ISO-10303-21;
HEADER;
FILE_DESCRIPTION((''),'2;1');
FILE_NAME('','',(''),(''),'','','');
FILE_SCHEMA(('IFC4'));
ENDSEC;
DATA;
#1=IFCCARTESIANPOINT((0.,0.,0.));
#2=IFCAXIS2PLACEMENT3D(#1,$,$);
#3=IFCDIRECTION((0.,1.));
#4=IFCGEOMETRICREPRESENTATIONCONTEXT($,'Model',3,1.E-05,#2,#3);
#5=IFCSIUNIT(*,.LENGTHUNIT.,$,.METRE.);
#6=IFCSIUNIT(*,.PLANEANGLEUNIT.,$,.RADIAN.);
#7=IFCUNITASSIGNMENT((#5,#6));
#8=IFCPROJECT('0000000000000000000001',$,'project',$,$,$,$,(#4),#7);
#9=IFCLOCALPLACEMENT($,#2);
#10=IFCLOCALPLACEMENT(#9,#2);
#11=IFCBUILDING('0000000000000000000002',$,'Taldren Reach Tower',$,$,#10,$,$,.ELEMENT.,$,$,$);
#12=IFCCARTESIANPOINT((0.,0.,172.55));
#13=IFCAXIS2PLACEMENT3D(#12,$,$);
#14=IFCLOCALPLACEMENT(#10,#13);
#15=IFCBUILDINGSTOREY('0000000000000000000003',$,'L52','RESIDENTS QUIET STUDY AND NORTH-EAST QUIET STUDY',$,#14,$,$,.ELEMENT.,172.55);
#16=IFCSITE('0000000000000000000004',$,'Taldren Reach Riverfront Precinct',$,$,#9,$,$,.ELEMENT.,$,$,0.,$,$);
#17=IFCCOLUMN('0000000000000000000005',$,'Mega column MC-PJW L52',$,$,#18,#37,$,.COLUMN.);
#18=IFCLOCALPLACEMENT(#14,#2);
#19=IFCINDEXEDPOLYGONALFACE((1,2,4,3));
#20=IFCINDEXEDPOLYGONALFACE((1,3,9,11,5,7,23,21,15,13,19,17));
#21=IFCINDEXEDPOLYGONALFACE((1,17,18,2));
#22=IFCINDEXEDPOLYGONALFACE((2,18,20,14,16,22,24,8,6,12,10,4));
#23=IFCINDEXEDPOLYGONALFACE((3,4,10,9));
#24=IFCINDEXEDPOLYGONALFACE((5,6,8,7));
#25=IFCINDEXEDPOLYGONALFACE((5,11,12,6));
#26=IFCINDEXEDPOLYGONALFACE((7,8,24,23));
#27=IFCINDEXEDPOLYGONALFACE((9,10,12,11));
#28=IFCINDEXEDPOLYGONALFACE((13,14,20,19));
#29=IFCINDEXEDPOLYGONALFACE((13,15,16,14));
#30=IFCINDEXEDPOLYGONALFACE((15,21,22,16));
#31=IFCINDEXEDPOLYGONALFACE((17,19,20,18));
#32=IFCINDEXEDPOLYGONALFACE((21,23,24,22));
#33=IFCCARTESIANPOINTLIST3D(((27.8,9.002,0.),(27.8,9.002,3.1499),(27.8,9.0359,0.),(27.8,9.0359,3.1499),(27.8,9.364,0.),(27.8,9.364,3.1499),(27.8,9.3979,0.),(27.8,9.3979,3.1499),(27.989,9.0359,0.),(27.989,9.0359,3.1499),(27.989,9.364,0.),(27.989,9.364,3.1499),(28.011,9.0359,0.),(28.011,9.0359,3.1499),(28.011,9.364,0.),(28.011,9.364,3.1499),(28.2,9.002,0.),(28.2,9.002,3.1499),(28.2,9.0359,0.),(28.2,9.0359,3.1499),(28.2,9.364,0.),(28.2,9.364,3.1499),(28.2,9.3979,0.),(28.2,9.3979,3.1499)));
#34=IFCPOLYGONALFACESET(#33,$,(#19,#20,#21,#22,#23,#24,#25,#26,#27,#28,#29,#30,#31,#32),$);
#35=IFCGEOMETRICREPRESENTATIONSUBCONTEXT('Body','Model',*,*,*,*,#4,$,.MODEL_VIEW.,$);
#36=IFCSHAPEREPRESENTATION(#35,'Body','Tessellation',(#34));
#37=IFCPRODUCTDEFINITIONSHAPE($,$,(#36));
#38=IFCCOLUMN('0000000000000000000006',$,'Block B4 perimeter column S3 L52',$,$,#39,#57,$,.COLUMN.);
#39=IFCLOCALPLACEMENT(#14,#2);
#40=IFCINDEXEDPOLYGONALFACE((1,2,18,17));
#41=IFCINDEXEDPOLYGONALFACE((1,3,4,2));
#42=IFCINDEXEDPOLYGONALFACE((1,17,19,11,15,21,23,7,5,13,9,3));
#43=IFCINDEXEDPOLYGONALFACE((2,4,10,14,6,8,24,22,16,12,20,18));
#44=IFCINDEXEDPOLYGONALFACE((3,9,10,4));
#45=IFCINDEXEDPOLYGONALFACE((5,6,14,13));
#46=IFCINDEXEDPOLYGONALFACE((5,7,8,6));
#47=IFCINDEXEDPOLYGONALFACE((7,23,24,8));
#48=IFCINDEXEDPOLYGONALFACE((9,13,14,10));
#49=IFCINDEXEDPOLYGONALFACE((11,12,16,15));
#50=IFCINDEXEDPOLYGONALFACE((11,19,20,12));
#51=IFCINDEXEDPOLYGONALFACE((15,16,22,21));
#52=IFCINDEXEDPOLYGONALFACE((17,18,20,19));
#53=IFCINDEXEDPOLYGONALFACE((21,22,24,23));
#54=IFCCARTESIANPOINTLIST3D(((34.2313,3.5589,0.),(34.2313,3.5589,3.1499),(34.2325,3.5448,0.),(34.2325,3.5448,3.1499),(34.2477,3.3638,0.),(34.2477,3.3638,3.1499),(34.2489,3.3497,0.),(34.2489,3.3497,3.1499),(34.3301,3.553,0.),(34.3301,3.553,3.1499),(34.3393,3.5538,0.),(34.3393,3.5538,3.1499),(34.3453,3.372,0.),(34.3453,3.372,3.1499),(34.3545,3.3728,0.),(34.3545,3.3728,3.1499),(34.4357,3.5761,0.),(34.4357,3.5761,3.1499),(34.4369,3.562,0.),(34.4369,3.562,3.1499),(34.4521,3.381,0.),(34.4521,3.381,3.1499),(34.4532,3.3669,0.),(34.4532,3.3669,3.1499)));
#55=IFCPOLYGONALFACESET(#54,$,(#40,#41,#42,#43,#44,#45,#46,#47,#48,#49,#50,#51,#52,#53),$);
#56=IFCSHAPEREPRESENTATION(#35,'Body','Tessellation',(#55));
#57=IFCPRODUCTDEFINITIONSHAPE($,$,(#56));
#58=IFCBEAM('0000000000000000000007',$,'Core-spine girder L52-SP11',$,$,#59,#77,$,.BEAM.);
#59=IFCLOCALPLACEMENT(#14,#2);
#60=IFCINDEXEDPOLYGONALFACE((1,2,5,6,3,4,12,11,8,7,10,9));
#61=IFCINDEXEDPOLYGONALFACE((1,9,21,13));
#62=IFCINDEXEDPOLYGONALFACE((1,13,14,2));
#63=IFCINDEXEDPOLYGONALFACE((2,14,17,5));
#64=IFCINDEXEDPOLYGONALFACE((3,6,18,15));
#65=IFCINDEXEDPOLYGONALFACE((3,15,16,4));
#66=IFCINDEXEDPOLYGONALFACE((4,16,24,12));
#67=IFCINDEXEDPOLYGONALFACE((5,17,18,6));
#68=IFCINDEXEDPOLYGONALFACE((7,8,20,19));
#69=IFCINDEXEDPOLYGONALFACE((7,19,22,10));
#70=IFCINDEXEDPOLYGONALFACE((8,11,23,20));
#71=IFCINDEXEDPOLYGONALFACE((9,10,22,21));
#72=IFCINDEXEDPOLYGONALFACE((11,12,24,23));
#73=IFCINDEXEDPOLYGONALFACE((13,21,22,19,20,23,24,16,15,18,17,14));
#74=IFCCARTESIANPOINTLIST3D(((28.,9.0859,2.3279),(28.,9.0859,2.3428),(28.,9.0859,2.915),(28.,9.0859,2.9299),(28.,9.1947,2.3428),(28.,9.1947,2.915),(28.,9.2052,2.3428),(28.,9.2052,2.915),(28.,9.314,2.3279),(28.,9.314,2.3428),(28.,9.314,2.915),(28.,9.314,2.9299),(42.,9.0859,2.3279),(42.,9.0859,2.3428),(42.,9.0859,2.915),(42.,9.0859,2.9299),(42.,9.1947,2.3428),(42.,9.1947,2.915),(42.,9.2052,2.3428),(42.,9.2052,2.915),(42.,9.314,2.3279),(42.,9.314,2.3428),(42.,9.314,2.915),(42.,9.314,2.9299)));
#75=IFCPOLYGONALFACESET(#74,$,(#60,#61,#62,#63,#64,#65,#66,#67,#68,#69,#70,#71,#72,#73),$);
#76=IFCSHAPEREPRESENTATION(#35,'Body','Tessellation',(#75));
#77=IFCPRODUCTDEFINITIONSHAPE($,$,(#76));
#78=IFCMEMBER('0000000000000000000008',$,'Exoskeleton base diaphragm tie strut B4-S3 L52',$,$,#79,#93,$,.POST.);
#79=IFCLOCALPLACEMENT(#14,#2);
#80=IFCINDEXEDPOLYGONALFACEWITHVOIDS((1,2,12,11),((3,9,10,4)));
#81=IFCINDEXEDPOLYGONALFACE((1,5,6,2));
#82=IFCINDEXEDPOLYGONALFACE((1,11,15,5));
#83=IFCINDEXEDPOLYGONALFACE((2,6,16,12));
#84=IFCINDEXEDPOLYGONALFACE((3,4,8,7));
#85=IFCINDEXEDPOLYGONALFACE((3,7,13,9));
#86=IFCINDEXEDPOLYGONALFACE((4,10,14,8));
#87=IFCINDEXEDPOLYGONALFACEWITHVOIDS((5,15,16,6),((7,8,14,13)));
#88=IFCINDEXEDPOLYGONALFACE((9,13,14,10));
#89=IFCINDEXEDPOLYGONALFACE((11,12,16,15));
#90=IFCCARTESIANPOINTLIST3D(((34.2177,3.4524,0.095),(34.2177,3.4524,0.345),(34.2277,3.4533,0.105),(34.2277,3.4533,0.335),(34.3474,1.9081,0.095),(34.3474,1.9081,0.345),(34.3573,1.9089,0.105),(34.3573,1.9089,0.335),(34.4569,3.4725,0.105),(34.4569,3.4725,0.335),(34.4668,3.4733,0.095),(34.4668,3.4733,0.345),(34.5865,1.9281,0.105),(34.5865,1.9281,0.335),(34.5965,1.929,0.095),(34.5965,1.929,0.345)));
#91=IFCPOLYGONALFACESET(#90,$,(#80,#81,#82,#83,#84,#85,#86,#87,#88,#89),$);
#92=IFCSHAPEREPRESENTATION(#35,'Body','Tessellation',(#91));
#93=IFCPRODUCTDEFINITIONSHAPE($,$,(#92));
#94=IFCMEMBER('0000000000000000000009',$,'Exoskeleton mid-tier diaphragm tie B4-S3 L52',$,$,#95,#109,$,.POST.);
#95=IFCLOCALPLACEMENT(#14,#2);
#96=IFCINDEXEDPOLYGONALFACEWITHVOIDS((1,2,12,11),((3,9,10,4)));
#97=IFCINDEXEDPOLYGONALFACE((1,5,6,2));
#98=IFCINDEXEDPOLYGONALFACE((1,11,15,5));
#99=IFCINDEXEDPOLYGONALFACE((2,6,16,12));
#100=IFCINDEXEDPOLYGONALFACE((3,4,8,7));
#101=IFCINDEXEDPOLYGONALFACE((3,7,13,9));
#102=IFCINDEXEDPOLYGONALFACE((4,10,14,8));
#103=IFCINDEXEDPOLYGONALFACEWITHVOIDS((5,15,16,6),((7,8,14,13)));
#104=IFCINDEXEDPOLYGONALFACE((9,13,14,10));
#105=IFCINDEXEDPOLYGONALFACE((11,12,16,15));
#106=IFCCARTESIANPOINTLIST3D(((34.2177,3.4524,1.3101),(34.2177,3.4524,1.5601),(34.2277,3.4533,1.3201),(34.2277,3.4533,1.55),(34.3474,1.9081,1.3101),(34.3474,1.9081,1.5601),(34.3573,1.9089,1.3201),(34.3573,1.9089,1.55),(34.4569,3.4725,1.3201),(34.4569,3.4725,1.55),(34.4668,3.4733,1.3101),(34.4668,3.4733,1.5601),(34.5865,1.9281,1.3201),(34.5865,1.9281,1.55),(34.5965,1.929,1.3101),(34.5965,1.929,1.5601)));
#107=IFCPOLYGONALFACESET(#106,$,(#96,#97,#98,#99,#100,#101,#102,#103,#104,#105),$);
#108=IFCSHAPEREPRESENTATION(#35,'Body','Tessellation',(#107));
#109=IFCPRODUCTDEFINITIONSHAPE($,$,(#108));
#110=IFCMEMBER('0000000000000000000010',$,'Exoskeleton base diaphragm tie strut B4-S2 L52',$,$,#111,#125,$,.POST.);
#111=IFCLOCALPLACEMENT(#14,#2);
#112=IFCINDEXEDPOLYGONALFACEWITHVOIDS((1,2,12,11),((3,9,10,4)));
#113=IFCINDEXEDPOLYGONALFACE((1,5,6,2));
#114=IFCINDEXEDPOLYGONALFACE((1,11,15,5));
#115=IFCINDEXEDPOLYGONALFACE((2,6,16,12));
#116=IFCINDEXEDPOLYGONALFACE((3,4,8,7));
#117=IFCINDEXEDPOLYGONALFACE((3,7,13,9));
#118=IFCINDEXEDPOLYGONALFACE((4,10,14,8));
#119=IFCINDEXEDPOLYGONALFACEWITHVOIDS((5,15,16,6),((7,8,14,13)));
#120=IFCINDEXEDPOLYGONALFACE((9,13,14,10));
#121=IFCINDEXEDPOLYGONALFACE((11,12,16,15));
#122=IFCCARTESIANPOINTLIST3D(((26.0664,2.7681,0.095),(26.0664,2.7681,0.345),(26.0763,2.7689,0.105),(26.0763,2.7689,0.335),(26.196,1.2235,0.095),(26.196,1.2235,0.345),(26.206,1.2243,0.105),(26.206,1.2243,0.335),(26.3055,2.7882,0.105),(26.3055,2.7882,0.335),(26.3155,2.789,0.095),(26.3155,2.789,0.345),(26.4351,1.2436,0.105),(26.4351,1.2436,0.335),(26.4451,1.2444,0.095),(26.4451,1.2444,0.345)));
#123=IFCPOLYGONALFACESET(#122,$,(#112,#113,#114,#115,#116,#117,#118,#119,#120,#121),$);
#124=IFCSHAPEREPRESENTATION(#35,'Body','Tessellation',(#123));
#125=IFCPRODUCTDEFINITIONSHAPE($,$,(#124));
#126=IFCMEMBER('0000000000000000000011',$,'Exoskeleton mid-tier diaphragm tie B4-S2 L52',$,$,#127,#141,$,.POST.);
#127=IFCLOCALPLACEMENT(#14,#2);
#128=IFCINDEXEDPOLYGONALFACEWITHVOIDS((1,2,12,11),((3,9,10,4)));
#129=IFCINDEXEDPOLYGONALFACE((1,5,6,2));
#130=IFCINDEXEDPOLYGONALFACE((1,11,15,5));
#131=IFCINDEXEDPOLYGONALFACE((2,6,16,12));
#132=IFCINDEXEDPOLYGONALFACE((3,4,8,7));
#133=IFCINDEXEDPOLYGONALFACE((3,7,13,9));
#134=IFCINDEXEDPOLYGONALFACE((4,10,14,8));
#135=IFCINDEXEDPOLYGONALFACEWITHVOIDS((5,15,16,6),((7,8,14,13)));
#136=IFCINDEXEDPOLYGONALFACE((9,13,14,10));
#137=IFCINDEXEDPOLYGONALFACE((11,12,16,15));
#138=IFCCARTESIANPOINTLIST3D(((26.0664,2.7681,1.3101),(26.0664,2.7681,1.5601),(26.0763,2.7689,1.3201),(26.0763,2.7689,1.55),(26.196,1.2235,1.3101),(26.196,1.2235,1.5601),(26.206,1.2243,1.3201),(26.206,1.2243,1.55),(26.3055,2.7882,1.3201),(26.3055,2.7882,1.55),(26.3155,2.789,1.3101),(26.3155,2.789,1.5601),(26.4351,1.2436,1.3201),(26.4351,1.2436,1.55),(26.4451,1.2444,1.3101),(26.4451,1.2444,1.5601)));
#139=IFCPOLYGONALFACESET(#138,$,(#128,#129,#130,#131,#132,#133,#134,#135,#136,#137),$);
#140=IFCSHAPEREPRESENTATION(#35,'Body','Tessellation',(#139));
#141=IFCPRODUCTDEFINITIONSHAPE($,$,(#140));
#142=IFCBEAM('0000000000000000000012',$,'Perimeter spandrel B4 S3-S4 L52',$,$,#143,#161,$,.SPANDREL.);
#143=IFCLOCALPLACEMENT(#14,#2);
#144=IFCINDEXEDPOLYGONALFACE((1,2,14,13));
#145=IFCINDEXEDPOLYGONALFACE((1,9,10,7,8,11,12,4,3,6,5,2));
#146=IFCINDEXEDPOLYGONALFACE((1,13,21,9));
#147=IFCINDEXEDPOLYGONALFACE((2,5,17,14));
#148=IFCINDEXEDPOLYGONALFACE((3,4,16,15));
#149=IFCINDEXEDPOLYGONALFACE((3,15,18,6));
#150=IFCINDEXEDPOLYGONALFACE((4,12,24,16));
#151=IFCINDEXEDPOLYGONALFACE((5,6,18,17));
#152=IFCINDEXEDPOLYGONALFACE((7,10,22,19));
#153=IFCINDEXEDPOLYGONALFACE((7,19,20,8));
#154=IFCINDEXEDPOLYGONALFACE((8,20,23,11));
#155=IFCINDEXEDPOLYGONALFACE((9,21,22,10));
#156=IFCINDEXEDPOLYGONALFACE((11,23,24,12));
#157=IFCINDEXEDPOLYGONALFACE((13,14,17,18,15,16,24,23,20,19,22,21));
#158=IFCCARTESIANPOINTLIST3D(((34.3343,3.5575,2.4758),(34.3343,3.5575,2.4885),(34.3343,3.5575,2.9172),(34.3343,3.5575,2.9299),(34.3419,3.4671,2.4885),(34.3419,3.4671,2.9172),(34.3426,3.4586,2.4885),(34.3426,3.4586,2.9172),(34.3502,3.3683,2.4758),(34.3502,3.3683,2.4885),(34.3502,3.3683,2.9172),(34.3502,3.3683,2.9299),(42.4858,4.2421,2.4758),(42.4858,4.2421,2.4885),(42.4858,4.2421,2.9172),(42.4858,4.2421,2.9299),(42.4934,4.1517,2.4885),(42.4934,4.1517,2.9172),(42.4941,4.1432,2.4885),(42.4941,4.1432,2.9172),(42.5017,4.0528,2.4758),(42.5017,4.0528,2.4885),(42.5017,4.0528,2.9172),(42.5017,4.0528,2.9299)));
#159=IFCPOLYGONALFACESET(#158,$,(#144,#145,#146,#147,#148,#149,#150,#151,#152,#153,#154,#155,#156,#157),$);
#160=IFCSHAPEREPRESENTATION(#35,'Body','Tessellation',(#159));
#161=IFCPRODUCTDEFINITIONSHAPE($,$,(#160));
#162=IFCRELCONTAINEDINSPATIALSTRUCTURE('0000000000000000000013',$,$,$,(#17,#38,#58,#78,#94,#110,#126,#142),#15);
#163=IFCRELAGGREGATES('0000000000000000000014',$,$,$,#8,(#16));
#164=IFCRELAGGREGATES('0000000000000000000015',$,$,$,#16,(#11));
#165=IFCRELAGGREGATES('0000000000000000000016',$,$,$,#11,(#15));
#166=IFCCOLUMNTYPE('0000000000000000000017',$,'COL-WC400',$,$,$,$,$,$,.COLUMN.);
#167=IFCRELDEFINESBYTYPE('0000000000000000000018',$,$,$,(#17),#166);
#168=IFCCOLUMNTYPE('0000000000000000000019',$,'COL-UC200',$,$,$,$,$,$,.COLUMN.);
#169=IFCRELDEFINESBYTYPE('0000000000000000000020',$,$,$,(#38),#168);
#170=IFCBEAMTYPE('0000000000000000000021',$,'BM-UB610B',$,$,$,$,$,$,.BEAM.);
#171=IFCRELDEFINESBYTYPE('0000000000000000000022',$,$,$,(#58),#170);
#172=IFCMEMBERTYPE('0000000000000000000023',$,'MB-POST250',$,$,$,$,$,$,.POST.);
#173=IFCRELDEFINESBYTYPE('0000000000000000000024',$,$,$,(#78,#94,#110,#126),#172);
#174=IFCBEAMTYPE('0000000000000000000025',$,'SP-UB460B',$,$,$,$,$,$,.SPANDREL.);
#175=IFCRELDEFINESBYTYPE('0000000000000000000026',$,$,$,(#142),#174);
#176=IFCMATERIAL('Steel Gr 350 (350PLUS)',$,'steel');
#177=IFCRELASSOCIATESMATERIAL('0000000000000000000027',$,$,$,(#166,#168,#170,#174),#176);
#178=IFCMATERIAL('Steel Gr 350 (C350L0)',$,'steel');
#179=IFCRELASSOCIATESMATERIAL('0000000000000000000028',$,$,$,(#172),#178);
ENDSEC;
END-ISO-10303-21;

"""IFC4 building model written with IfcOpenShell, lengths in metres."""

from ifc_helpers import new_model, si_unit, direction, frame, origin, origin_2d, place, context, subcontext, project, spatial, hollow_rectangle, i_section, extrude, source, transform, mapped, material, material_profile, profile_set, type_object, element, save


model = new_model("IFC4")

# Units and contexts
model_context = context("Model", 3, precision=1e-05, world=origin(), true_north=direction((0.0, 1.0)))
body_context = subcontext(model_context, "Body", "Model", "MODEL_VIEW")
ifc_project = project(units=[si_unit("LENGTHUNIT", "METRE"), si_unit("PLANEANGLEUNIT", "RADIAN")], contexts=[model_context])

# Site, building, storey
site_placement = place(None, origin())
site = spatial("IfcSite", under=ifc_project, at=site_placement, Name="Taldren Reach Riverfront Precinct", CompositionType="ELEMENT", RefElevation=0.0)
building_placement = place(site_placement, origin())
building = spatial("IfcBuilding", under=site, at=building_placement, Name="Taldren Reach Tower", CompositionType="ELEMENT")
storey_placement = place(building_placement, frame((0.0, 0.0, 172.55)))
storey = spatial("IfcBuildingStorey", under=building, at=storey_placement, Name="L52", Description="RESIDENTS QUIET STUDY AND NORTH-EAST QUIET STUDY", CompositionType="ELEMENT", Elevation=172.55)

# Columns
ifc_material_1 = material(Name="Steel Gr 350 (350PLUS)", Category="steel")
ifc_material_profile_1 = material_profile(ifc_material_1, i_section(OverallWidth=0.3999, OverallDepth=0.396, WebThickness=0.022, FlangeThickness=0.0339, at=origin_2d()), Name="400WC270")
ifc_profile_set_1 = profile_set([ifc_material_profile_1], Name="Steel Gr 350 (350PLUS)")
column_type_1 = type_object("IfcColumnType", Name="COL-WC400", PredefinedType="COLUMN", material=ifc_profile_set_1)
shared_shape_1 = source(origin(), body_context, "Body", "SweptSolid", [
    extrude(i_section(OverallWidth=0.3999, OverallDepth=0.396, WebThickness=0.022, FlangeThickness=0.0339, at=origin_2d()), origin(), (0.0, 0.0, 1.0), 3.1499),
])
column_1_placement = place(storey_placement, frame((28.0, 9.2, 0.0), z_axis=(0.0, 0.0, 1.0), x_axis=(1.0, 0.0, 0.0)))
element("IfcColumn", 1, at=column_1_placement, inside=storey, type_object=column_type_1, Name="Mega column MC-PJW L52", PredefinedType="COLUMN", context=body_context, shape_type="MappedRepresentation", body=[
    mapped(shared_shape_1, transform((0.0, 0.0, 0.0), scale=1.0)),
])
ifc_material_profile_2 = material_profile(ifc_material_1, i_section(OverallWidth=0.2051, OverallDepth=0.21, WebThickness=0.0093, FlangeThickness=0.0142, at=origin_2d()), Name="200UC59.5")
ifc_profile_set_2 = profile_set([ifc_material_profile_2], Name="Steel Gr 350 (350PLUS)")
column_type_2 = type_object("IfcColumnType", Name="COL-UC200", PredefinedType="COLUMN", material=ifc_profile_set_2)
shared_shape_2 = source(origin(), body_context, "Body", "SweptSolid", [
    extrude(i_section(OverallWidth=0.2051, OverallDepth=0.21, WebThickness=0.0093, FlangeThickness=0.0142, at=origin_2d()), origin(), (0.0, 0.0, 1.0), 3.1499),
])
column_2_placement = place(storey_placement, frame((34.3423, 3.4629, 0.0), z_axis=(0.0, 0.0, 1.0), x_axis=(0.996493, 0.083678, 0.0)))
element("IfcColumn", 2, at=column_2_placement, inside=storey, type_object=column_type_2, Name="Block B4 perimeter column S3 L52", PredefinedType="COLUMN", context=body_context, shape_type="MappedRepresentation", body=[
    mapped(shared_shape_2, transform((0.0, 0.0, 0.0), scale=1.0)),
])

# Beam
ifc_material_profile_3 = material_profile(ifc_material_1, i_section(OverallWidth=0.228, OverallDepth=0.6021, WebThickness=0.0105, FlangeThickness=0.0149, at=origin_2d()), Name="610UB101")
ifc_profile_set_3 = profile_set([ifc_material_profile_3], Name="Steel Gr 350 (350PLUS)")
beam_type_1 = type_object("IfcBeamType", Name="BM-UB610B", PredefinedType="BEAM", material=ifc_profile_set_3)
shared_shape_3 = source(origin(), body_context, "Body", "SweptSolid", [
    extrude(i_section(OverallWidth=0.228, OverallDepth=0.6021, WebThickness=0.0105, FlangeThickness=0.0149, at=origin_2d()), origin(), (0.0, 0.0, 1.0), 14.0),
])
beam_1_placement = place(storey_placement, frame((28.0, 9.2, 2.6289), z_axis=(1.0, 0.0, 0.0), x_axis=(0.0, 1.0, 0.0)))
element("IfcBeam", 3, at=beam_1_placement, inside=storey, type_object=beam_type_1, Name="Core-spine girder L52-SP11", PredefinedType="BEAM", context=body_context, shape_type="MappedRepresentation", body=[
    mapped(shared_shape_3, transform((0.0, 0.0, 0.0), scale=1.0)),
])

# Members
ifc_material_2 = material(Name="Steel Gr 350 (C350L0)", Category="steel")
ifc_material_profile_4 = material_profile(ifc_material_2, hollow_rectangle(XDim=0.25, YDim=0.25, WallThickness=0.01, at=origin_2d()), Name="250x250x10.0SHS")
ifc_profile_set_4 = profile_set([ifc_material_profile_4], Name="Steel Gr 350 (C350L0)")
member_type_1 = type_object("IfcMemberType", Name="MB-POST250", PredefinedType="POST", material=ifc_profile_set_4)
shared_shape_4 = source(origin(), body_context, "Body", "SweptSolid", [
    extrude(hollow_rectangle(XDim=0.25, YDim=0.25, WallThickness=0.01, at=origin_2d()), origin(), (0.0, 0.0, 1.0), 1.5498),
])
for number, where, z_axis, x_axis, name in (
    (4, (34.3423, 3.4629, 0.22), (0.083645, -0.996496, 0.0), (0.996496, 0.083645, 0.0), "Exoskeleton base diaphragm tie strut B4-S3 L52"),
    (5, (34.3423, 3.4629, 1.4351), (0.083645, -0.996496, 0.0), (0.996496, 0.083645, 0.0), "Exoskeleton mid-tier diaphragm tie B4-S3 L52"),
):
    element("IfcMember", number, at=place(storey_placement, frame(where, z_axis=z_axis, x_axis=x_axis)), inside=storey, type_object=member_type_1, Name=name, PredefinedType="POST", context=body_context, shape_type="MappedRepresentation", body=[
        mapped(shared_shape_4, transform((0.0, 0.0, 0.0), scale=1.0)),
    ])
shared_shape_5 = source(origin(), body_context, "Body", "SweptSolid", [
    extrude(hollow_rectangle(XDim=0.25, YDim=0.25, WallThickness=0.01, at=origin_2d()), origin(), (0.0, 0.0, 1.0), 1.55),
])
for number, where, z_axis, x_axis, name in (
    (6, (26.1909, 2.7786, 0.22), (0.083632, -0.996497, 0.0), (0.996497, 0.083632, 0.0), "Exoskeleton base diaphragm tie strut B4-S2 L52"),
    (7, (26.1909, 2.7786, 1.4351), (0.083632, -0.996497, 0.0), (0.996497, 0.083632, 0.0), "Exoskeleton mid-tier diaphragm tie B4-S2 L52"),
):
    element("IfcMember", number, at=place(storey_placement, frame(where, z_axis=z_axis, x_axis=x_axis)), inside=storey, type_object=member_type_1, Name=name, PredefinedType="POST", context=body_context, shape_type="MappedRepresentation", body=[
        mapped(shared_shape_5, transform((0.0, 0.0, 0.0), scale=1.0)),
    ])

# Beam
ifc_material_profile_5 = material_profile(ifc_material_1, i_section(OverallWidth=0.1899, OverallDepth=0.4541, WebThickness=0.0085, FlangeThickness=0.0127, at=origin_2d()), Name="460UB67.1")
ifc_profile_set_5 = profile_set([ifc_material_profile_5], Name="Steel Gr 350 (350PLUS)")
beam_type_2 = type_object("IfcBeamType", Name="SP-UB460B", PredefinedType="SPANDREL", material=ifc_profile_set_5)
shared_shape_6 = source(origin(), body_context, "Body", "SweptSolid", [
    extrude(i_section(OverallWidth=0.1899, OverallDepth=0.4541, WebThickness=0.0085, FlangeThickness=0.0127, at=origin_2d()), origin(), (0.0, 0.0, 1.0), 8.1802),
])
beam_2_placement = place(storey_placement, frame((34.3423, 3.4629, 2.7029), z_axis=(0.996492, 0.083688, 0.0), x_axis=(-0.083688, 0.996492, 0.0)))
element("IfcBeam", 8, at=beam_2_placement, inside=storey, type_object=beam_type_2, Name="Perimeter spandrel B4 S3-S4 L52", PredefinedType="SPANDREL", context=body_context, shape_type="MappedRepresentation", body=[
    mapped(shared_shape_6, transform((0.0, 0.0, 0.0), scale=1.0)),
])

save(model, "model.ifc")
